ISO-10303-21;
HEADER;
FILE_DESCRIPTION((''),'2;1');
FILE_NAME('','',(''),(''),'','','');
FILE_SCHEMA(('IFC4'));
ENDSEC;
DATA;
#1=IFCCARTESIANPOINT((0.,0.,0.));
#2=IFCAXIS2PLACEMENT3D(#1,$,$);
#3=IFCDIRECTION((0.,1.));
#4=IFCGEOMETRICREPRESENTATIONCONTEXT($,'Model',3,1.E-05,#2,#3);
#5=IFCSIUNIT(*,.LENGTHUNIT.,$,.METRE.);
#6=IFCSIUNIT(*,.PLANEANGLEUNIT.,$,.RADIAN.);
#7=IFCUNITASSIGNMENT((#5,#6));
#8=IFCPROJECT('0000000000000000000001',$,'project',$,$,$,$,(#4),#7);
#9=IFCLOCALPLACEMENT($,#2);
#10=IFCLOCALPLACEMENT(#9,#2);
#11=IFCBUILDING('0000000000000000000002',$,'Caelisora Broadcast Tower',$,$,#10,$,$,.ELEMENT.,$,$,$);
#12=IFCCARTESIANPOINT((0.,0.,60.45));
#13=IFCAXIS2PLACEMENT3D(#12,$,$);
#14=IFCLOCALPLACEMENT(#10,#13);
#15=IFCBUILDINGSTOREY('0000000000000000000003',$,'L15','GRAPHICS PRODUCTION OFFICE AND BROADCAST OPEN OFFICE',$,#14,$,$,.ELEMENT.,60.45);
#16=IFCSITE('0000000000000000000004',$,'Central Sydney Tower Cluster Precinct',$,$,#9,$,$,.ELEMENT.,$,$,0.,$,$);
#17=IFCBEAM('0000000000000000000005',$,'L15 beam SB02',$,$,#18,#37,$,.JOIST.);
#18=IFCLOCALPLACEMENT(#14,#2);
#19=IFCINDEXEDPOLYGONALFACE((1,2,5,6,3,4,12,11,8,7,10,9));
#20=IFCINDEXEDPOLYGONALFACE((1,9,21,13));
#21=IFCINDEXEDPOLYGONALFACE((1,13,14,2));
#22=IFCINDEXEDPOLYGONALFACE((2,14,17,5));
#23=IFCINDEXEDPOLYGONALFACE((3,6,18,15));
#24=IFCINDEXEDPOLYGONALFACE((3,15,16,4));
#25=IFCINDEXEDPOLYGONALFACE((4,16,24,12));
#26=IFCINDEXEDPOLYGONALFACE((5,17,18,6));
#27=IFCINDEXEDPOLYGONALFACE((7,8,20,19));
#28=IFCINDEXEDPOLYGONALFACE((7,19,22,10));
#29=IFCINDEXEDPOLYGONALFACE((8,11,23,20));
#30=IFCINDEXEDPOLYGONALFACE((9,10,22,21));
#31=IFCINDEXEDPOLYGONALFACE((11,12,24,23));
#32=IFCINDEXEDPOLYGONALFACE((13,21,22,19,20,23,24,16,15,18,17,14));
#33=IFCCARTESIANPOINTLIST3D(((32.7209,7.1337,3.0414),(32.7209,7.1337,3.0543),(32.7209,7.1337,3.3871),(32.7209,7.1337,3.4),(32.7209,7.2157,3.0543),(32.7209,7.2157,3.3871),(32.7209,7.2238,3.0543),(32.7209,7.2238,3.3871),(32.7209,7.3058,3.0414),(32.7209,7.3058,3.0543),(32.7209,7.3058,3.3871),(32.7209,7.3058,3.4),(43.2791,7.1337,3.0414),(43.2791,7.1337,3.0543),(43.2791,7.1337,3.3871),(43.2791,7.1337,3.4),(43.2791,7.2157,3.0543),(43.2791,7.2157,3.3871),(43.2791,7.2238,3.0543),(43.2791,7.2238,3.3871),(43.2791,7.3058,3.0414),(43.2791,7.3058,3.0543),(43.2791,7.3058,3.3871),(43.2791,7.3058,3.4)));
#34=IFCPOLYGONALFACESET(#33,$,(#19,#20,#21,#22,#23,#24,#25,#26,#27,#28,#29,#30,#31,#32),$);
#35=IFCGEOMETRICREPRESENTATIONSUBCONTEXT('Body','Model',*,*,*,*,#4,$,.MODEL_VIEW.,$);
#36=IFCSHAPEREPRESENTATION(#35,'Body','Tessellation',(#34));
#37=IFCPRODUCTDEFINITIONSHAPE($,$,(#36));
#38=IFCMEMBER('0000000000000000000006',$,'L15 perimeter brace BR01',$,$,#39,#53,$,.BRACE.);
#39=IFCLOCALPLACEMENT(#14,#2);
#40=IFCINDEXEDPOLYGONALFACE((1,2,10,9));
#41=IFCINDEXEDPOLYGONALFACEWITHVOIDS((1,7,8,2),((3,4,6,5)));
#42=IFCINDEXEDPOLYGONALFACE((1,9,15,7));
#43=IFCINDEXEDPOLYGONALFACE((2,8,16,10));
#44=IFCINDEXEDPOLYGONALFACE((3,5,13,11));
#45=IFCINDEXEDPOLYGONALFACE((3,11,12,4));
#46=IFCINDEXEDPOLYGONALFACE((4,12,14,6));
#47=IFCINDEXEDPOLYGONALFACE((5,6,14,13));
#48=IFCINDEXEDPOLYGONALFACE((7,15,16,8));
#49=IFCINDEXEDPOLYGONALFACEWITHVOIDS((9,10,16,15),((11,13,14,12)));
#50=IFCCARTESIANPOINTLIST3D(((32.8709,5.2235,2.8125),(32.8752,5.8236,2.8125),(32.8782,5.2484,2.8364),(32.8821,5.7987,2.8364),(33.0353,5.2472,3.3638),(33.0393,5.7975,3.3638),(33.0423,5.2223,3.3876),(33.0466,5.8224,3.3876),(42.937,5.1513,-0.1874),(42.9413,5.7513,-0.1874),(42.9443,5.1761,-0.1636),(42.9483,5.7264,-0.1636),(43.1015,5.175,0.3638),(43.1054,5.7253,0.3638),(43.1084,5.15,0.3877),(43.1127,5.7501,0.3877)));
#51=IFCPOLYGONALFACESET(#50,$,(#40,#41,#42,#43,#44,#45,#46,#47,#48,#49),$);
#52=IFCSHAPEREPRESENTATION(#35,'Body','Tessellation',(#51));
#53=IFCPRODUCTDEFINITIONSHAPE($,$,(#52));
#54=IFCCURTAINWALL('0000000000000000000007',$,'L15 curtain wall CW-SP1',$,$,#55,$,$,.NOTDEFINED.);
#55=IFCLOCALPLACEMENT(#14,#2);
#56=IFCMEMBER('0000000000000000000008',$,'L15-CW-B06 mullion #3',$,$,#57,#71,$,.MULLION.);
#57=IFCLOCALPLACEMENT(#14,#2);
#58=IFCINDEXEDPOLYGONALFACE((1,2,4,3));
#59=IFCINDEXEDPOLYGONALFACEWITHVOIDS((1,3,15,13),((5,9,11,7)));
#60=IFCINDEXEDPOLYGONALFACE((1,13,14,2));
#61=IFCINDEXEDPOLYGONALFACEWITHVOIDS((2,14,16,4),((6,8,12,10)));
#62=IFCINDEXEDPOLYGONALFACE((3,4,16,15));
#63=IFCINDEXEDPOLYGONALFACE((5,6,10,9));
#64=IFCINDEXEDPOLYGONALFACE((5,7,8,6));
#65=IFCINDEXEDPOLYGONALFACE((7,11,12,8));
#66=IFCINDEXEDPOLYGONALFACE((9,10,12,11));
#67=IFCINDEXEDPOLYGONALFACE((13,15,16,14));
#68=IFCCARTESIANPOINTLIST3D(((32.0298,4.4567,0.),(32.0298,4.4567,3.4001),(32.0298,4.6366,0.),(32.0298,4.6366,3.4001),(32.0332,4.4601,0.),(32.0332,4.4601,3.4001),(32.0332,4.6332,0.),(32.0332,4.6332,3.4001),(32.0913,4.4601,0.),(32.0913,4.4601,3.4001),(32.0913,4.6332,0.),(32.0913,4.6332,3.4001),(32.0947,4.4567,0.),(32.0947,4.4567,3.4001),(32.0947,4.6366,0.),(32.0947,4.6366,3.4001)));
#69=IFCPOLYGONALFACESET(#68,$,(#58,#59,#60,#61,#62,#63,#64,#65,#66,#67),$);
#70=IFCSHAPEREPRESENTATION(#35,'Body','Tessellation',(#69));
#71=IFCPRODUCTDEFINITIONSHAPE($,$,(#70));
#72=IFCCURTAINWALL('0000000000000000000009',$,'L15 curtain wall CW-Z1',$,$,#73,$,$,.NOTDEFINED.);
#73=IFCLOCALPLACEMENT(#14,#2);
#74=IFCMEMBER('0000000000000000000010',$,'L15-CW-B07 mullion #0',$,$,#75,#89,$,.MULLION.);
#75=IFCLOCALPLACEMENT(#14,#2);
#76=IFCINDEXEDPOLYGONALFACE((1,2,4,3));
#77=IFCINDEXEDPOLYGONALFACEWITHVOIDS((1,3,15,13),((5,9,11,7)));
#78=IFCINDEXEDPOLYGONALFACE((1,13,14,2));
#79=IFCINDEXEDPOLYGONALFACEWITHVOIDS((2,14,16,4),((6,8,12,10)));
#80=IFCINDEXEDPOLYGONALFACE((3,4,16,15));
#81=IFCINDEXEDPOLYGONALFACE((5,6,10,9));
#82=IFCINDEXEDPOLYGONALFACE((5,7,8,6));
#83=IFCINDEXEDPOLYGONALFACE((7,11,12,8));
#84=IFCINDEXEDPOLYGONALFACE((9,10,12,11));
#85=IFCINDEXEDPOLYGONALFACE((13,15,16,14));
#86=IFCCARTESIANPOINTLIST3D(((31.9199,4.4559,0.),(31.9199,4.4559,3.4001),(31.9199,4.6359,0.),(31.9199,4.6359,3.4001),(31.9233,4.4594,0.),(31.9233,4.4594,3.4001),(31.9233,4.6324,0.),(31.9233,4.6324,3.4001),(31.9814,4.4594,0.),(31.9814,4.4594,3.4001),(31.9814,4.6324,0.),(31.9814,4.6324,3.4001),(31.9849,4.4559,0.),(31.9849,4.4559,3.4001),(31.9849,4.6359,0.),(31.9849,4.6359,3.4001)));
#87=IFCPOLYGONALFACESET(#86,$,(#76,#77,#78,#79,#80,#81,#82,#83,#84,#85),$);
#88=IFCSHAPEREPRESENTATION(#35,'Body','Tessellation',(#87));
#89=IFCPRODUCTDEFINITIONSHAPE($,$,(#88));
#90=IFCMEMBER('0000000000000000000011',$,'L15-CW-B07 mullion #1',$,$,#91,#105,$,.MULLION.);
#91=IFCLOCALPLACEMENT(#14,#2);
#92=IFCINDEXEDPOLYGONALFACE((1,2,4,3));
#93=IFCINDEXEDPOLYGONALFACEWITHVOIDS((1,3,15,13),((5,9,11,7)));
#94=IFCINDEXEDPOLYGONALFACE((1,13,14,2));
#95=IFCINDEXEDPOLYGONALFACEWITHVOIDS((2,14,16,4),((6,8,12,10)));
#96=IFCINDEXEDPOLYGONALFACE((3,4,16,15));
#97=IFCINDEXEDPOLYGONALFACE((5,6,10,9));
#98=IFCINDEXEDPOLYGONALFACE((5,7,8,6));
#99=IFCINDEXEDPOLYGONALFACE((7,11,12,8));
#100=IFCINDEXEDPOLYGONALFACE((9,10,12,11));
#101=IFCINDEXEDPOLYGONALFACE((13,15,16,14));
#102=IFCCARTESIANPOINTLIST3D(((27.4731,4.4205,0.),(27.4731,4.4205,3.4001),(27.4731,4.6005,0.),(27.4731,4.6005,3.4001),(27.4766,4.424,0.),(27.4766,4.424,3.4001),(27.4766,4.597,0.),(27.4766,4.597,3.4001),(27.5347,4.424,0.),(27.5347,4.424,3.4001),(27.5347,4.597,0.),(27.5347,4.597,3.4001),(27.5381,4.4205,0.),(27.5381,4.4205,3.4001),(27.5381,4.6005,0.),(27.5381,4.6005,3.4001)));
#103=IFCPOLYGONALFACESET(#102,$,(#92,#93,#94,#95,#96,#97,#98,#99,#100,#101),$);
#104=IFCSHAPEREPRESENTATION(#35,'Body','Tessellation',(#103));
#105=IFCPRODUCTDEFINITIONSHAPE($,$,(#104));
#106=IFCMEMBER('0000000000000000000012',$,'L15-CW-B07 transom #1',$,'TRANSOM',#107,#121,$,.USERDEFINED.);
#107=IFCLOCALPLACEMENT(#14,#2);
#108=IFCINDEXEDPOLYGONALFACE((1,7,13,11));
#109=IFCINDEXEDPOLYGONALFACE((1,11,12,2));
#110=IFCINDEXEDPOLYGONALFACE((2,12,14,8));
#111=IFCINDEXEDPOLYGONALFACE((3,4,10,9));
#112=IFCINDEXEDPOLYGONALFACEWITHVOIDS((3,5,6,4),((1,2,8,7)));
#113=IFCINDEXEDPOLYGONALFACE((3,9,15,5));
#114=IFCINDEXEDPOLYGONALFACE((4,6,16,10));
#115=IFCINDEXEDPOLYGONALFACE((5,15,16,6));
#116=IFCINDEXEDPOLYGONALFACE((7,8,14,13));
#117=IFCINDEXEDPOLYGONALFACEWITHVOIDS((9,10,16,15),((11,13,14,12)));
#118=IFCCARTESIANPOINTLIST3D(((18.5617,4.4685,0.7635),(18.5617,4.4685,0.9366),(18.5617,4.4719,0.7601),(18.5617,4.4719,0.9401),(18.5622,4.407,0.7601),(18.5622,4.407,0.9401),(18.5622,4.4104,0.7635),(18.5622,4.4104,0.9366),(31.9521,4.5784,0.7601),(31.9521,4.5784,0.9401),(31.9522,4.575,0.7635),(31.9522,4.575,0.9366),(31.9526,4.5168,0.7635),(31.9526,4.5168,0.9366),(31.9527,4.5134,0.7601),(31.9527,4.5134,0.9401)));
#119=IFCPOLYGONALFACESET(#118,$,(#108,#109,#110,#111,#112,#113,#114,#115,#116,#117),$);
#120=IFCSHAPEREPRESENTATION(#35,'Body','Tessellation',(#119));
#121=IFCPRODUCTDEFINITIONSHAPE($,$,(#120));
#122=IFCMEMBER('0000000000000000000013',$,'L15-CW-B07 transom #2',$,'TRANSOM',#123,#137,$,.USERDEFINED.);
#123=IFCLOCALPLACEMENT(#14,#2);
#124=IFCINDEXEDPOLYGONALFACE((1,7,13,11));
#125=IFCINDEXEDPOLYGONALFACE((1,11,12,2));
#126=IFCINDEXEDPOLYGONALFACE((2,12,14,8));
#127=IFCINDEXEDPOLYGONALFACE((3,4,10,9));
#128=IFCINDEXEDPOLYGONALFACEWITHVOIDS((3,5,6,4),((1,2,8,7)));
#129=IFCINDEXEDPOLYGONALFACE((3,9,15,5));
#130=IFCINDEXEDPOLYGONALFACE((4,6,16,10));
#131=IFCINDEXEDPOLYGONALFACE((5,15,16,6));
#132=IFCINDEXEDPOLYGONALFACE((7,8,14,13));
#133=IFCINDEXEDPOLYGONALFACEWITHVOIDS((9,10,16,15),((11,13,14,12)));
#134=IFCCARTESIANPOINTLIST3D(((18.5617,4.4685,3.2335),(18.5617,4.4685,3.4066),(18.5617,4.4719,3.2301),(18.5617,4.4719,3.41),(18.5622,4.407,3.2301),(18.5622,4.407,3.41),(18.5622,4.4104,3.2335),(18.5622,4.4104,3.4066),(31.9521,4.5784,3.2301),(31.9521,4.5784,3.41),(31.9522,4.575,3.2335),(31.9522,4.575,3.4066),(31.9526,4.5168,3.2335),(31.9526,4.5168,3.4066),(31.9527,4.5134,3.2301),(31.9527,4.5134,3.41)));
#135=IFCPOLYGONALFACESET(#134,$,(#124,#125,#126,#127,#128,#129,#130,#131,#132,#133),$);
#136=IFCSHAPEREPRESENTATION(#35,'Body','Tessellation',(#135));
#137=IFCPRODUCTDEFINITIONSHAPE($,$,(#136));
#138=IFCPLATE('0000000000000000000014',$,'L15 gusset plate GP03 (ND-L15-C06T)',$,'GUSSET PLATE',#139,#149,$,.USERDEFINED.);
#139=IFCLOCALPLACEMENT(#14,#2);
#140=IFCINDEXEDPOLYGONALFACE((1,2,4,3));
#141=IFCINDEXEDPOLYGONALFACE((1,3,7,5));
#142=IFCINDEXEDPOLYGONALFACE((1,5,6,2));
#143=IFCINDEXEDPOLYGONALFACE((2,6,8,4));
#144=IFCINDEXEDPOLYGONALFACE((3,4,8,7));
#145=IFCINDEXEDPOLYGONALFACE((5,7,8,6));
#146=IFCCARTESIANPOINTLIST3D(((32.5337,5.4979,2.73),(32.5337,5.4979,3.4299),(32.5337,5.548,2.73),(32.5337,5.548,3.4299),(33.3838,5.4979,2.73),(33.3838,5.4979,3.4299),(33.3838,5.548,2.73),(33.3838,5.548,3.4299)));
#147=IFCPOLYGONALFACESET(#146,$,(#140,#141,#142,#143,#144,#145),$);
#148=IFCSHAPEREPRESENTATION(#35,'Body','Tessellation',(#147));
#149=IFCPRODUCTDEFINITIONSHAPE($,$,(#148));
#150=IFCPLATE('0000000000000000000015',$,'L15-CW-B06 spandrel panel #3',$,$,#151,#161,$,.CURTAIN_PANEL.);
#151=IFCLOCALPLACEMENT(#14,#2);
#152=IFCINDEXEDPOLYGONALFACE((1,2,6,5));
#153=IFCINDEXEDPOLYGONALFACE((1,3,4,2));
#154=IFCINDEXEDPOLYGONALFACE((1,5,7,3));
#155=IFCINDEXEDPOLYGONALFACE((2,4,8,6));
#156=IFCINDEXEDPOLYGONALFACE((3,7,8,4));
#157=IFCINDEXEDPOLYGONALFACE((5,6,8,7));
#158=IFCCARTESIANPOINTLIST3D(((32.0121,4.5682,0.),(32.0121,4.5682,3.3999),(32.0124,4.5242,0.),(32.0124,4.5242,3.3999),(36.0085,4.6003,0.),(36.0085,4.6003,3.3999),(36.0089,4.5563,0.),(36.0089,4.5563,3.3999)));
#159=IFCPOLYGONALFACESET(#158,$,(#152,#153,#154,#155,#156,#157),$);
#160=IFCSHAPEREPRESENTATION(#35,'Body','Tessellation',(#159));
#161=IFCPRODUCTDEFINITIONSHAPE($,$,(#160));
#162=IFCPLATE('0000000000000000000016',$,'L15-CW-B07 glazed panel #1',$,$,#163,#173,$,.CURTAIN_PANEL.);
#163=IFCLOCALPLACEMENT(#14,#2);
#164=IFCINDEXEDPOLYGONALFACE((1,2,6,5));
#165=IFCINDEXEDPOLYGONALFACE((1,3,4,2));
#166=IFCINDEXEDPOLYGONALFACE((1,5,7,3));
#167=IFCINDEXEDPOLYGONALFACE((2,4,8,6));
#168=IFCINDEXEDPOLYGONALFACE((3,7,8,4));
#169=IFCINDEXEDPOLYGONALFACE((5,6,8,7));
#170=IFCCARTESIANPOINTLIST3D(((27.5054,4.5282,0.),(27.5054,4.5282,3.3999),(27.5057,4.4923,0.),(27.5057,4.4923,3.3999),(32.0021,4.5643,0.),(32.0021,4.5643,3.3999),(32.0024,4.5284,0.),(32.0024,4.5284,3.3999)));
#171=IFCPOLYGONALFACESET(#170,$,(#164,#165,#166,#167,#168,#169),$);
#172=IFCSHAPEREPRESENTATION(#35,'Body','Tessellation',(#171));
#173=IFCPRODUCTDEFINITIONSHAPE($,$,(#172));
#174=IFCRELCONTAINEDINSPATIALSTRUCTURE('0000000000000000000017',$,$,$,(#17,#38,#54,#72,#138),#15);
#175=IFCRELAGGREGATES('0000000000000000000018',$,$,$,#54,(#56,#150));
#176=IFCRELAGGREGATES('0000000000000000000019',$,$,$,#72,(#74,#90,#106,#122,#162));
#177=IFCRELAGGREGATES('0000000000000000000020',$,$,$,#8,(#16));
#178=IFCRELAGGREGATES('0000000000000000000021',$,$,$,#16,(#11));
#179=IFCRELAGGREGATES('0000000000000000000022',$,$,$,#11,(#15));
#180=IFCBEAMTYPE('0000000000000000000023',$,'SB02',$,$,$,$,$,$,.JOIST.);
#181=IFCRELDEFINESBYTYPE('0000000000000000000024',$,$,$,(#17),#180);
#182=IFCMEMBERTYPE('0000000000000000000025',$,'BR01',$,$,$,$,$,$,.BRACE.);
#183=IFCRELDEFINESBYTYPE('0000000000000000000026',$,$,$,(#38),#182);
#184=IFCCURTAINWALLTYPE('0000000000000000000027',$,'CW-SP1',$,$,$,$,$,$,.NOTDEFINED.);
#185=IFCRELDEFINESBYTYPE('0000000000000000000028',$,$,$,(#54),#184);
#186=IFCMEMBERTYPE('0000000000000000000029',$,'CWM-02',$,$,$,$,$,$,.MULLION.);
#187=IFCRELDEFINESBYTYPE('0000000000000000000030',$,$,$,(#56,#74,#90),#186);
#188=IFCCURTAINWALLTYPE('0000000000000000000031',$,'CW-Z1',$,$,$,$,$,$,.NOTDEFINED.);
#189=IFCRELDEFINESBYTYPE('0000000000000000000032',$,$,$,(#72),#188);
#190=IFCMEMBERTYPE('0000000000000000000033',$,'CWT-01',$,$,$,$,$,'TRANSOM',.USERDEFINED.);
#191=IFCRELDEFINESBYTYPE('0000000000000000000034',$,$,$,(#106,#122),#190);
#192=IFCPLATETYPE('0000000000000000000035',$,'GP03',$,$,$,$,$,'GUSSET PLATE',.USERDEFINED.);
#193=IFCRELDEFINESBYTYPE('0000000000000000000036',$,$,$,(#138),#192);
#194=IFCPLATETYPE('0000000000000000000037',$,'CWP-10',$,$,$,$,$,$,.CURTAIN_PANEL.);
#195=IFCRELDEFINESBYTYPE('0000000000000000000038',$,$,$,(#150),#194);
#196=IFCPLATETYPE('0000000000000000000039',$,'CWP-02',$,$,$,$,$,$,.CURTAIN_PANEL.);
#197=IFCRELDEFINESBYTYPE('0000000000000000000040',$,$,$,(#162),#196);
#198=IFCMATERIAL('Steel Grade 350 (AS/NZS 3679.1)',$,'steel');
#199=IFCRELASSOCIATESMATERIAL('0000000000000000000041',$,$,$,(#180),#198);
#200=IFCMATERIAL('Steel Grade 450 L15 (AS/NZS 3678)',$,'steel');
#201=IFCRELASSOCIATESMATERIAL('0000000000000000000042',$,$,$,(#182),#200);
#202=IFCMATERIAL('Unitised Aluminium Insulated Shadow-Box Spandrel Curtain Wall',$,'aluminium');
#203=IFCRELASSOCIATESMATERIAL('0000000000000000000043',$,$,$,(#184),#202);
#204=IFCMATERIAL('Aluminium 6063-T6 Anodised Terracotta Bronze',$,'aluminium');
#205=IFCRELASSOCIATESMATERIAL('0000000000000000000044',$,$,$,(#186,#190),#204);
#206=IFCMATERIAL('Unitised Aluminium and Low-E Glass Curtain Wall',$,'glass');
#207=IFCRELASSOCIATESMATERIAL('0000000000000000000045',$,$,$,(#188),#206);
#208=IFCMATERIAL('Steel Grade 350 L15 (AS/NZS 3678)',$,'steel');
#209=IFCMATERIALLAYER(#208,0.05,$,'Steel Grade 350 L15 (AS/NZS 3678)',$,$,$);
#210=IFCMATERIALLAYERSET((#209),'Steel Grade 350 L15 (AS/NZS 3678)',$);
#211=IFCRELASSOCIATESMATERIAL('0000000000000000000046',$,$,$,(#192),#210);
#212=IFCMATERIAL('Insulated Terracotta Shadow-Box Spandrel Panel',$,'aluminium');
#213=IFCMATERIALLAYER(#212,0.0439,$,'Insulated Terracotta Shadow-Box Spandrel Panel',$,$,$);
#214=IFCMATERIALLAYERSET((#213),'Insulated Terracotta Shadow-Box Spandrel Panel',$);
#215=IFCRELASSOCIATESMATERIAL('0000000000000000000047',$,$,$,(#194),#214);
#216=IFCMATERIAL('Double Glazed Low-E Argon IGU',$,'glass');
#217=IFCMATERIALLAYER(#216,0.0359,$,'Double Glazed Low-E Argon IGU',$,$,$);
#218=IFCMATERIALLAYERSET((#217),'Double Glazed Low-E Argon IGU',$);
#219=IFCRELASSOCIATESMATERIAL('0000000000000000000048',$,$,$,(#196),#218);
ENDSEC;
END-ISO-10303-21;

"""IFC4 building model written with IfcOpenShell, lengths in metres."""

from ifc_helpers import new_model, si_unit, direction, frame, origin, origin_2d, place, context, subcontext, project, spatial, rectangle, hollow_rectangle, i_section, extrude, source, transform, mapped, material, layer, layer_set, material_profile, profile_set, type_object, type_shapes, element, aggregate, save


model = new_model("IFC4")

# Units and contexts
model_context = context("Model", 3, precision=1e-05, world=origin(), true_north=direction((0.0, 1.0)))
body_context = subcontext(model_context, "Body", "Model", "MODEL_VIEW")
ifc_project = project(units=[si_unit("LENGTHUNIT", "METRE"), si_unit("PLANEANGLEUNIT", "RADIAN")], contexts=[model_context])

# Site, building, storey
site_placement = place(None, origin())
site = spatial("IfcSite", under=ifc_project, at=site_placement, Name="Central Sydney Tower Cluster Precinct", CompositionType="ELEMENT", RefElevation=0.0)
building_placement = place(site_placement, origin())
building = spatial("IfcBuilding", under=site, at=building_placement, Name="Caelisora Broadcast Tower", CompositionType="ELEMENT")
storey_placement = place(building_placement, frame((0.0, 0.0, 60.45)))
storey = spatial("IfcBuildingStorey", under=building, at=storey_placement, Name="L15", Description="GRAPHICS PRODUCTION OFFICE AND BROADCAST OPEN OFFICE", CompositionType="ELEMENT", Elevation=60.45)

# Shared definitions
ifc_material_1 = material(Name="Steel Grade 350 L15 (AS/NZS 3678)", Category="steel")

# Beam
ifc_material_2 = material(Name="Steel Grade 350 (AS/NZS 3679.1)", Category="steel")
ifc_material_profile_1 = material_profile(ifc_material_2, i_section(OverallWidth=0.1721, OverallDepth=0.3586, WebThickness=0.0081, FlangeThickness=0.0129, at=origin_2d()), Name="Steel Grade 350 (AS/NZS 3679.1)")
ifc_profile_set_1 = profile_set([ifc_material_profile_1], Name="Steel Grade 350 (AS/NZS 3679.1)")
beam_type_1 = type_object("IfcBeamType", Name="SB02", PredefinedType="JOIST", material=ifc_profile_set_1)
shared_shape_1 = source(origin(), body_context, "Body", "SweptSolid", [
    extrude(i_section(OverallWidth=0.1721, OverallDepth=0.3586, WebThickness=0.0081, FlangeThickness=0.0129, at=origin_2d()), origin(), (0.0, 0.0, 1.0), 10.5581),
])
beam_1_placement = place(storey_placement, frame((32.7209, 7.2197, 3.2207), z_axis=(1.0, 0.0, 0.0), x_axis=(0.0, 1.0, 0.0)))
element("IfcBeam", 1, at=beam_1_placement, inside=storey, type_object=beam_type_1, Name="L15 beam SB02", PredefinedType="JOIST", context=body_context, shape_type="MappedRepresentation", body=[
    mapped(shared_shape_1, transform((0.0, 0.0, 0.0), scale=1.0)),
])

# Member
ifc_material_3 = material(Name="Steel Grade 450 L15 (AS/NZS 3678)", Category="steel")
ifc_material_profile_2 = material_profile(ifc_material_3, hollow_rectangle(XDim=0.6001, YDim=0.6001, WallThickness=0.0249, at=origin_2d()), Name="Steel Grade 450 L15 (AS/NZS 3678)")
ifc_profile_set_2 = profile_set([ifc_material_profile_2], Name="Steel Grade 450 L15 (AS/NZS 3678)")
member_type_1 = type_object("IfcMemberType", Name="BR01", PredefinedType="BRACE", material=ifc_profile_set_2)
shared_shape_2 = source(origin(), body_context, "Body", "SweptSolid", [
    extrude(hollow_rectangle(XDim=0.6001, YDim=0.6001, WallThickness=0.0249, at=origin_2d()), origin(), (0.0, 0.0, 1.0), 10.5039),
])
type_shapes(member_type_1, [shared_shape_2])
member_1_placement = place(storey_placement, frame((32.9587, 5.5229, 3.1001), z_axis=(0.958322, -0.00688, -0.285607), x_axis=(0.007179, 0.999974, 0.0)))
element("IfcMember", 2, at=member_1_placement, inside=storey, type_object=member_type_1, Name="L15 perimeter brace BR01", PredefinedType="BRACE", context=body_context, shape_type="MappedRepresentation", body=[
    mapped(shared_shape_2, transform((0.0, 0.0, 0.0), scale=1.0)),
])

# Curtain wall, member
ifc_material_4 = material(Name="Unitised Aluminium Insulated Shadow-Box Spandrel Curtain Wall", Category="aluminium")
curtain_wall_type_1 = type_object("IfcCurtainWallType", Name="CW-SP1", PredefinedType="NOTDEFINED", material=ifc_material_4)
curtain_wall_1_placement = place(storey_placement, origin())
curtain_wall_1 = element("IfcCurtainWall", 3, at=curtain_wall_1_placement, inside=storey, type_object=curtain_wall_type_1, Name="L15 curtain wall CW-SP1", PredefinedType="NOTDEFINED")
ifc_material_5 = material(Name="Aluminium 6063-T6 Anodised Terracotta Bronze", Category="aluminium")
ifc_material_profile_3 = material_profile(ifc_material_5, hollow_rectangle(XDim=0.0649, YDim=0.1799, WallThickness=0.0034, at=origin_2d()), Name="Aluminium 6063-T6 Anodised Terracotta Bronze")
ifc_profile_set_3 = profile_set([ifc_material_profile_3], Name="Aluminium 6063-T6 Anodised Terracotta Bronze")
member_type_2 = type_object("IfcMemberType", Name="CWM-02", PredefinedType="MULLION", material=ifc_profile_set_3)
shared_shape_3 = source(origin(), body_context, "Body", "SweptSolid", [
    extrude(hollow_rectangle(XDim=0.0649, YDim=0.1799, WallThickness=0.0034, at=origin_2d()), origin(), (0.0, 0.0, 1.0), 3.4001),
])
type_shapes(member_type_2, [shared_shape_3])
member_2_placement = place(storey_placement, frame((32.0623, 4.5466, 0.0), z_axis=(0.0, 0.0, 1.0), x_axis=(1.0, 0.0, 0.0)))
member_2 = element("IfcMember", 4, at=member_2_placement, type_object=member_type_2, Name="L15-CW-B06 mullion #3", PredefinedType="MULLION", context=body_context, shape_type="MappedRepresentation", body=[
    mapped(shared_shape_3, transform((0.0, 0.0, 0.0), scale=1.0)),
])

# Curtain wall, members
ifc_material_6 = material(Name="Unitised Aluminium and Low-E Glass Curtain Wall", Category="glass")
curtain_wall_type_2 = type_object("IfcCurtainWallType", Name="CW-Z1", PredefinedType="NOTDEFINED", material=ifc_material_6)
curtain_wall_2_placement = place(storey_placement, origin())
curtain_wall_2 = element("IfcCurtainWall", 5, at=curtain_wall_2_placement, inside=storey, type_object=curtain_wall_type_2, Name="L15 curtain wall CW-Z1", PredefinedType="NOTDEFINED")
member_3_placement = place(storey_placement, frame((31.9524, 4.5459, 0.0), z_axis=(0.0, 0.0, 1.0), x_axis=(1.0, 0.0, 0.0)))
member_3 = element("IfcMember", 6, at=member_3_placement, type_object=member_type_2, Name="L15-CW-B07 mullion #0", PredefinedType="MULLION", context=body_context, shape_type="MappedRepresentation", body=[
    mapped(shared_shape_3, transform((0.0, 0.0, 0.0), scale=1.0)),
])
member_4_placement = place(storey_placement, frame((27.5056, 4.5105, 0.0), z_axis=(0.0, 0.0, 1.0), x_axis=(1.0, 0.0, 0.0)))
member_4 = element("IfcMember", 7, at=member_4_placement, type_object=member_type_2, Name="L15-CW-B07 mullion #1", PredefinedType="MULLION", context=body_context, shape_type="MappedRepresentation", body=[
    mapped(shared_shape_3, transform((0.0, 0.0, 0.0), scale=1.0)),
])
ifc_material_profile_4 = material_profile(ifc_material_5, hollow_rectangle(XDim=0.0649, YDim=0.1799, WallThickness=0.0034, at=origin_2d()), Name="Aluminium 6063-T6 Anodised Terracotta Bronze")
ifc_profile_set_4 = profile_set([ifc_material_profile_4], Name="Aluminium 6063-T6 Anodised Terracotta Bronze")
member_type_3 = type_object("IfcMemberType", Name="CWT-01", ElementType="TRANSOM", PredefinedType="USERDEFINED", material=ifc_profile_set_4)
shared_shape_4 = source(origin(), body_context, "Body", "SweptSolid", [
    extrude(hollow_rectangle(XDim=0.0649, YDim=0.1799, WallThickness=0.0034, at=origin_2d()), origin(), (0.0, 0.0, 1.0), 13.3909),
])
type_shapes(member_type_3, [shared_shape_4])
member_5_placement = place(storey_placement, frame((31.9524, 4.5459, 0.8501), z_axis=(-0.999968, -0.007949, 0.0), x_axis=(0.007949, -0.999968, 0.0)))
member_5 = element("IfcMember", 8, at=member_5_placement, type_object=member_type_3, Name="L15-CW-B07 transom #1", ObjectType="TRANSOM", PredefinedType="USERDEFINED", context=body_context, shape_type="MappedRepresentation", body=[
    mapped(shared_shape_4, transform((0.0, 0.0, 0.0), scale=1.0)),
])
member_6_placement = place(storey_placement, frame((31.9524, 4.5459, 3.3201), z_axis=(-0.999968, -0.007949, 0.0), x_axis=(0.007949, -0.999968, 0.0)))
member_6 = element("IfcMember", 9, at=member_6_placement, type_object=member_type_3, Name="L15-CW-B07 transom #2", ObjectType="TRANSOM", PredefinedType="USERDEFINED", context=body_context, shape_type="MappedRepresentation", body=[
    mapped(shared_shape_4, transform((0.0, 0.0, 0.0), scale=1.0)),
])

# Plates
ifc_layer_1 = layer(ifc_material_1, 0.05, Name="Steel Grade 350 L15 (AS/NZS 3678)")
ifc_layer_set_1 = layer_set([ifc_layer_1], Name="Steel Grade 350 L15 (AS/NZS 3678)")
plate_type_1 = type_object("IfcPlateType", Name="GP03", ElementType="GUSSET PLATE", PredefinedType="USERDEFINED", material=ifc_layer_set_1)
shared_shape_5 = source(origin(), body_context, "Body", "SweptSolid", [
    extrude(rectangle(XDim=0.8501, YDim=0.05, at=origin_2d()), origin(), (0.0, 0.0, 1.0), 0.7),
])
type_shapes(plate_type_1, [shared_shape_5])
plate_1_placement = place(storey_placement, frame((32.9587, 5.5229, 2.73), z_axis=(0.0, 0.0, 1.0), x_axis=(1.0, 0.0, 0.0)))
element("IfcPlate", 10, at=plate_1_placement, inside=storey, type_object=plate_type_1, Name="L15 gusset plate GP03 (ND-L15-C06T)", ObjectType="GUSSET PLATE", PredefinedType="USERDEFINED", context=body_context, shape_type="MappedRepresentation", body=[
    mapped(shared_shape_5, transform((0.0, 0.0, 0.0), scale=1.0)),
])
ifc_material_7 = material(Name="Insulated Terracotta Shadow-Box Spandrel Panel", Category="aluminium")
ifc_layer_2 = layer(ifc_material_7, 0.0439, Name="Insulated Terracotta Shadow-Box Spandrel Panel")
ifc_layer_set_2 = layer_set([ifc_layer_2], Name="Insulated Terracotta Shadow-Box Spandrel Panel")
plate_type_2 = type_object("IfcPlateType", Name="CWP-10", PredefinedType="CURTAIN_PANEL", material=ifc_layer_set_2)
shared_shape_6 = source(origin(), body_context, "Body", "SweptSolid", [
    extrude(rectangle(XDim=3.9966, YDim=0.0439, at=origin_2d()), origin(), (0.0, 0.0, 1.0), 3.3999),
])
type_shapes(plate_type_2, [shared_shape_6])
plate_2_placement = place(storey_placement, frame((34.0105, 4.5623, 0.0), z_axis=(0.0, 0.0, 1.0), x_axis=(-0.999968, -0.008028, 0.0)))
plate_2 = element("IfcPlate", 11, at=plate_2_placement, type_object=plate_type_2, Name="L15-CW-B06 spandrel panel #3", PredefinedType="CURTAIN_PANEL", context=body_context, shape_type="MappedRepresentation", body=[
    mapped(shared_shape_6, transform((0.0, 0.0, 0.0), scale=1.0)),
])
aggregate(curtain_wall_1, [member_2, plate_2])
ifc_material_8 = material(Name="Double Glazed Low-E Argon IGU", Category="glass")
ifc_layer_3 = layer(ifc_material_8, 0.0359, Name="Double Glazed Low-E Argon IGU")
ifc_layer_set_3 = layer_set([ifc_layer_3], Name="Double Glazed Low-E Argon IGU")
plate_type_3 = type_object("IfcPlateType", Name="CWP-02", PredefinedType="CURTAIN_PANEL", material=ifc_layer_set_3)
shared_shape_7 = source(origin(), body_context, "Body", "SweptSolid", [
    extrude(rectangle(XDim=4.4968, YDim=0.0359, at=origin_2d()), origin(), (0.0, 0.0, 1.0), 3.3999),
])
type_shapes(plate_type_3, [shared_shape_7])
plate_3_placement = place(storey_placement, frame((29.7539, 4.5283, 0.0), z_axis=(0.0, 0.0, 1.0), x_axis=(-0.999968, -0.008028, 0.0)))
plate_3 = element("IfcPlate", 12, at=plate_3_placement, type_object=plate_type_3, Name="L15-CW-B07 glazed panel #1", PredefinedType="CURTAIN_PANEL", context=body_context, shape_type="MappedRepresentation", body=[
    mapped(shared_shape_7, transform((0.0, 0.0, 0.0), scale=1.0)),
])
aggregate(curtain_wall_2, [member_3, member_4, member_5, member_6, plate_3])

save(model, "model.ifc")
